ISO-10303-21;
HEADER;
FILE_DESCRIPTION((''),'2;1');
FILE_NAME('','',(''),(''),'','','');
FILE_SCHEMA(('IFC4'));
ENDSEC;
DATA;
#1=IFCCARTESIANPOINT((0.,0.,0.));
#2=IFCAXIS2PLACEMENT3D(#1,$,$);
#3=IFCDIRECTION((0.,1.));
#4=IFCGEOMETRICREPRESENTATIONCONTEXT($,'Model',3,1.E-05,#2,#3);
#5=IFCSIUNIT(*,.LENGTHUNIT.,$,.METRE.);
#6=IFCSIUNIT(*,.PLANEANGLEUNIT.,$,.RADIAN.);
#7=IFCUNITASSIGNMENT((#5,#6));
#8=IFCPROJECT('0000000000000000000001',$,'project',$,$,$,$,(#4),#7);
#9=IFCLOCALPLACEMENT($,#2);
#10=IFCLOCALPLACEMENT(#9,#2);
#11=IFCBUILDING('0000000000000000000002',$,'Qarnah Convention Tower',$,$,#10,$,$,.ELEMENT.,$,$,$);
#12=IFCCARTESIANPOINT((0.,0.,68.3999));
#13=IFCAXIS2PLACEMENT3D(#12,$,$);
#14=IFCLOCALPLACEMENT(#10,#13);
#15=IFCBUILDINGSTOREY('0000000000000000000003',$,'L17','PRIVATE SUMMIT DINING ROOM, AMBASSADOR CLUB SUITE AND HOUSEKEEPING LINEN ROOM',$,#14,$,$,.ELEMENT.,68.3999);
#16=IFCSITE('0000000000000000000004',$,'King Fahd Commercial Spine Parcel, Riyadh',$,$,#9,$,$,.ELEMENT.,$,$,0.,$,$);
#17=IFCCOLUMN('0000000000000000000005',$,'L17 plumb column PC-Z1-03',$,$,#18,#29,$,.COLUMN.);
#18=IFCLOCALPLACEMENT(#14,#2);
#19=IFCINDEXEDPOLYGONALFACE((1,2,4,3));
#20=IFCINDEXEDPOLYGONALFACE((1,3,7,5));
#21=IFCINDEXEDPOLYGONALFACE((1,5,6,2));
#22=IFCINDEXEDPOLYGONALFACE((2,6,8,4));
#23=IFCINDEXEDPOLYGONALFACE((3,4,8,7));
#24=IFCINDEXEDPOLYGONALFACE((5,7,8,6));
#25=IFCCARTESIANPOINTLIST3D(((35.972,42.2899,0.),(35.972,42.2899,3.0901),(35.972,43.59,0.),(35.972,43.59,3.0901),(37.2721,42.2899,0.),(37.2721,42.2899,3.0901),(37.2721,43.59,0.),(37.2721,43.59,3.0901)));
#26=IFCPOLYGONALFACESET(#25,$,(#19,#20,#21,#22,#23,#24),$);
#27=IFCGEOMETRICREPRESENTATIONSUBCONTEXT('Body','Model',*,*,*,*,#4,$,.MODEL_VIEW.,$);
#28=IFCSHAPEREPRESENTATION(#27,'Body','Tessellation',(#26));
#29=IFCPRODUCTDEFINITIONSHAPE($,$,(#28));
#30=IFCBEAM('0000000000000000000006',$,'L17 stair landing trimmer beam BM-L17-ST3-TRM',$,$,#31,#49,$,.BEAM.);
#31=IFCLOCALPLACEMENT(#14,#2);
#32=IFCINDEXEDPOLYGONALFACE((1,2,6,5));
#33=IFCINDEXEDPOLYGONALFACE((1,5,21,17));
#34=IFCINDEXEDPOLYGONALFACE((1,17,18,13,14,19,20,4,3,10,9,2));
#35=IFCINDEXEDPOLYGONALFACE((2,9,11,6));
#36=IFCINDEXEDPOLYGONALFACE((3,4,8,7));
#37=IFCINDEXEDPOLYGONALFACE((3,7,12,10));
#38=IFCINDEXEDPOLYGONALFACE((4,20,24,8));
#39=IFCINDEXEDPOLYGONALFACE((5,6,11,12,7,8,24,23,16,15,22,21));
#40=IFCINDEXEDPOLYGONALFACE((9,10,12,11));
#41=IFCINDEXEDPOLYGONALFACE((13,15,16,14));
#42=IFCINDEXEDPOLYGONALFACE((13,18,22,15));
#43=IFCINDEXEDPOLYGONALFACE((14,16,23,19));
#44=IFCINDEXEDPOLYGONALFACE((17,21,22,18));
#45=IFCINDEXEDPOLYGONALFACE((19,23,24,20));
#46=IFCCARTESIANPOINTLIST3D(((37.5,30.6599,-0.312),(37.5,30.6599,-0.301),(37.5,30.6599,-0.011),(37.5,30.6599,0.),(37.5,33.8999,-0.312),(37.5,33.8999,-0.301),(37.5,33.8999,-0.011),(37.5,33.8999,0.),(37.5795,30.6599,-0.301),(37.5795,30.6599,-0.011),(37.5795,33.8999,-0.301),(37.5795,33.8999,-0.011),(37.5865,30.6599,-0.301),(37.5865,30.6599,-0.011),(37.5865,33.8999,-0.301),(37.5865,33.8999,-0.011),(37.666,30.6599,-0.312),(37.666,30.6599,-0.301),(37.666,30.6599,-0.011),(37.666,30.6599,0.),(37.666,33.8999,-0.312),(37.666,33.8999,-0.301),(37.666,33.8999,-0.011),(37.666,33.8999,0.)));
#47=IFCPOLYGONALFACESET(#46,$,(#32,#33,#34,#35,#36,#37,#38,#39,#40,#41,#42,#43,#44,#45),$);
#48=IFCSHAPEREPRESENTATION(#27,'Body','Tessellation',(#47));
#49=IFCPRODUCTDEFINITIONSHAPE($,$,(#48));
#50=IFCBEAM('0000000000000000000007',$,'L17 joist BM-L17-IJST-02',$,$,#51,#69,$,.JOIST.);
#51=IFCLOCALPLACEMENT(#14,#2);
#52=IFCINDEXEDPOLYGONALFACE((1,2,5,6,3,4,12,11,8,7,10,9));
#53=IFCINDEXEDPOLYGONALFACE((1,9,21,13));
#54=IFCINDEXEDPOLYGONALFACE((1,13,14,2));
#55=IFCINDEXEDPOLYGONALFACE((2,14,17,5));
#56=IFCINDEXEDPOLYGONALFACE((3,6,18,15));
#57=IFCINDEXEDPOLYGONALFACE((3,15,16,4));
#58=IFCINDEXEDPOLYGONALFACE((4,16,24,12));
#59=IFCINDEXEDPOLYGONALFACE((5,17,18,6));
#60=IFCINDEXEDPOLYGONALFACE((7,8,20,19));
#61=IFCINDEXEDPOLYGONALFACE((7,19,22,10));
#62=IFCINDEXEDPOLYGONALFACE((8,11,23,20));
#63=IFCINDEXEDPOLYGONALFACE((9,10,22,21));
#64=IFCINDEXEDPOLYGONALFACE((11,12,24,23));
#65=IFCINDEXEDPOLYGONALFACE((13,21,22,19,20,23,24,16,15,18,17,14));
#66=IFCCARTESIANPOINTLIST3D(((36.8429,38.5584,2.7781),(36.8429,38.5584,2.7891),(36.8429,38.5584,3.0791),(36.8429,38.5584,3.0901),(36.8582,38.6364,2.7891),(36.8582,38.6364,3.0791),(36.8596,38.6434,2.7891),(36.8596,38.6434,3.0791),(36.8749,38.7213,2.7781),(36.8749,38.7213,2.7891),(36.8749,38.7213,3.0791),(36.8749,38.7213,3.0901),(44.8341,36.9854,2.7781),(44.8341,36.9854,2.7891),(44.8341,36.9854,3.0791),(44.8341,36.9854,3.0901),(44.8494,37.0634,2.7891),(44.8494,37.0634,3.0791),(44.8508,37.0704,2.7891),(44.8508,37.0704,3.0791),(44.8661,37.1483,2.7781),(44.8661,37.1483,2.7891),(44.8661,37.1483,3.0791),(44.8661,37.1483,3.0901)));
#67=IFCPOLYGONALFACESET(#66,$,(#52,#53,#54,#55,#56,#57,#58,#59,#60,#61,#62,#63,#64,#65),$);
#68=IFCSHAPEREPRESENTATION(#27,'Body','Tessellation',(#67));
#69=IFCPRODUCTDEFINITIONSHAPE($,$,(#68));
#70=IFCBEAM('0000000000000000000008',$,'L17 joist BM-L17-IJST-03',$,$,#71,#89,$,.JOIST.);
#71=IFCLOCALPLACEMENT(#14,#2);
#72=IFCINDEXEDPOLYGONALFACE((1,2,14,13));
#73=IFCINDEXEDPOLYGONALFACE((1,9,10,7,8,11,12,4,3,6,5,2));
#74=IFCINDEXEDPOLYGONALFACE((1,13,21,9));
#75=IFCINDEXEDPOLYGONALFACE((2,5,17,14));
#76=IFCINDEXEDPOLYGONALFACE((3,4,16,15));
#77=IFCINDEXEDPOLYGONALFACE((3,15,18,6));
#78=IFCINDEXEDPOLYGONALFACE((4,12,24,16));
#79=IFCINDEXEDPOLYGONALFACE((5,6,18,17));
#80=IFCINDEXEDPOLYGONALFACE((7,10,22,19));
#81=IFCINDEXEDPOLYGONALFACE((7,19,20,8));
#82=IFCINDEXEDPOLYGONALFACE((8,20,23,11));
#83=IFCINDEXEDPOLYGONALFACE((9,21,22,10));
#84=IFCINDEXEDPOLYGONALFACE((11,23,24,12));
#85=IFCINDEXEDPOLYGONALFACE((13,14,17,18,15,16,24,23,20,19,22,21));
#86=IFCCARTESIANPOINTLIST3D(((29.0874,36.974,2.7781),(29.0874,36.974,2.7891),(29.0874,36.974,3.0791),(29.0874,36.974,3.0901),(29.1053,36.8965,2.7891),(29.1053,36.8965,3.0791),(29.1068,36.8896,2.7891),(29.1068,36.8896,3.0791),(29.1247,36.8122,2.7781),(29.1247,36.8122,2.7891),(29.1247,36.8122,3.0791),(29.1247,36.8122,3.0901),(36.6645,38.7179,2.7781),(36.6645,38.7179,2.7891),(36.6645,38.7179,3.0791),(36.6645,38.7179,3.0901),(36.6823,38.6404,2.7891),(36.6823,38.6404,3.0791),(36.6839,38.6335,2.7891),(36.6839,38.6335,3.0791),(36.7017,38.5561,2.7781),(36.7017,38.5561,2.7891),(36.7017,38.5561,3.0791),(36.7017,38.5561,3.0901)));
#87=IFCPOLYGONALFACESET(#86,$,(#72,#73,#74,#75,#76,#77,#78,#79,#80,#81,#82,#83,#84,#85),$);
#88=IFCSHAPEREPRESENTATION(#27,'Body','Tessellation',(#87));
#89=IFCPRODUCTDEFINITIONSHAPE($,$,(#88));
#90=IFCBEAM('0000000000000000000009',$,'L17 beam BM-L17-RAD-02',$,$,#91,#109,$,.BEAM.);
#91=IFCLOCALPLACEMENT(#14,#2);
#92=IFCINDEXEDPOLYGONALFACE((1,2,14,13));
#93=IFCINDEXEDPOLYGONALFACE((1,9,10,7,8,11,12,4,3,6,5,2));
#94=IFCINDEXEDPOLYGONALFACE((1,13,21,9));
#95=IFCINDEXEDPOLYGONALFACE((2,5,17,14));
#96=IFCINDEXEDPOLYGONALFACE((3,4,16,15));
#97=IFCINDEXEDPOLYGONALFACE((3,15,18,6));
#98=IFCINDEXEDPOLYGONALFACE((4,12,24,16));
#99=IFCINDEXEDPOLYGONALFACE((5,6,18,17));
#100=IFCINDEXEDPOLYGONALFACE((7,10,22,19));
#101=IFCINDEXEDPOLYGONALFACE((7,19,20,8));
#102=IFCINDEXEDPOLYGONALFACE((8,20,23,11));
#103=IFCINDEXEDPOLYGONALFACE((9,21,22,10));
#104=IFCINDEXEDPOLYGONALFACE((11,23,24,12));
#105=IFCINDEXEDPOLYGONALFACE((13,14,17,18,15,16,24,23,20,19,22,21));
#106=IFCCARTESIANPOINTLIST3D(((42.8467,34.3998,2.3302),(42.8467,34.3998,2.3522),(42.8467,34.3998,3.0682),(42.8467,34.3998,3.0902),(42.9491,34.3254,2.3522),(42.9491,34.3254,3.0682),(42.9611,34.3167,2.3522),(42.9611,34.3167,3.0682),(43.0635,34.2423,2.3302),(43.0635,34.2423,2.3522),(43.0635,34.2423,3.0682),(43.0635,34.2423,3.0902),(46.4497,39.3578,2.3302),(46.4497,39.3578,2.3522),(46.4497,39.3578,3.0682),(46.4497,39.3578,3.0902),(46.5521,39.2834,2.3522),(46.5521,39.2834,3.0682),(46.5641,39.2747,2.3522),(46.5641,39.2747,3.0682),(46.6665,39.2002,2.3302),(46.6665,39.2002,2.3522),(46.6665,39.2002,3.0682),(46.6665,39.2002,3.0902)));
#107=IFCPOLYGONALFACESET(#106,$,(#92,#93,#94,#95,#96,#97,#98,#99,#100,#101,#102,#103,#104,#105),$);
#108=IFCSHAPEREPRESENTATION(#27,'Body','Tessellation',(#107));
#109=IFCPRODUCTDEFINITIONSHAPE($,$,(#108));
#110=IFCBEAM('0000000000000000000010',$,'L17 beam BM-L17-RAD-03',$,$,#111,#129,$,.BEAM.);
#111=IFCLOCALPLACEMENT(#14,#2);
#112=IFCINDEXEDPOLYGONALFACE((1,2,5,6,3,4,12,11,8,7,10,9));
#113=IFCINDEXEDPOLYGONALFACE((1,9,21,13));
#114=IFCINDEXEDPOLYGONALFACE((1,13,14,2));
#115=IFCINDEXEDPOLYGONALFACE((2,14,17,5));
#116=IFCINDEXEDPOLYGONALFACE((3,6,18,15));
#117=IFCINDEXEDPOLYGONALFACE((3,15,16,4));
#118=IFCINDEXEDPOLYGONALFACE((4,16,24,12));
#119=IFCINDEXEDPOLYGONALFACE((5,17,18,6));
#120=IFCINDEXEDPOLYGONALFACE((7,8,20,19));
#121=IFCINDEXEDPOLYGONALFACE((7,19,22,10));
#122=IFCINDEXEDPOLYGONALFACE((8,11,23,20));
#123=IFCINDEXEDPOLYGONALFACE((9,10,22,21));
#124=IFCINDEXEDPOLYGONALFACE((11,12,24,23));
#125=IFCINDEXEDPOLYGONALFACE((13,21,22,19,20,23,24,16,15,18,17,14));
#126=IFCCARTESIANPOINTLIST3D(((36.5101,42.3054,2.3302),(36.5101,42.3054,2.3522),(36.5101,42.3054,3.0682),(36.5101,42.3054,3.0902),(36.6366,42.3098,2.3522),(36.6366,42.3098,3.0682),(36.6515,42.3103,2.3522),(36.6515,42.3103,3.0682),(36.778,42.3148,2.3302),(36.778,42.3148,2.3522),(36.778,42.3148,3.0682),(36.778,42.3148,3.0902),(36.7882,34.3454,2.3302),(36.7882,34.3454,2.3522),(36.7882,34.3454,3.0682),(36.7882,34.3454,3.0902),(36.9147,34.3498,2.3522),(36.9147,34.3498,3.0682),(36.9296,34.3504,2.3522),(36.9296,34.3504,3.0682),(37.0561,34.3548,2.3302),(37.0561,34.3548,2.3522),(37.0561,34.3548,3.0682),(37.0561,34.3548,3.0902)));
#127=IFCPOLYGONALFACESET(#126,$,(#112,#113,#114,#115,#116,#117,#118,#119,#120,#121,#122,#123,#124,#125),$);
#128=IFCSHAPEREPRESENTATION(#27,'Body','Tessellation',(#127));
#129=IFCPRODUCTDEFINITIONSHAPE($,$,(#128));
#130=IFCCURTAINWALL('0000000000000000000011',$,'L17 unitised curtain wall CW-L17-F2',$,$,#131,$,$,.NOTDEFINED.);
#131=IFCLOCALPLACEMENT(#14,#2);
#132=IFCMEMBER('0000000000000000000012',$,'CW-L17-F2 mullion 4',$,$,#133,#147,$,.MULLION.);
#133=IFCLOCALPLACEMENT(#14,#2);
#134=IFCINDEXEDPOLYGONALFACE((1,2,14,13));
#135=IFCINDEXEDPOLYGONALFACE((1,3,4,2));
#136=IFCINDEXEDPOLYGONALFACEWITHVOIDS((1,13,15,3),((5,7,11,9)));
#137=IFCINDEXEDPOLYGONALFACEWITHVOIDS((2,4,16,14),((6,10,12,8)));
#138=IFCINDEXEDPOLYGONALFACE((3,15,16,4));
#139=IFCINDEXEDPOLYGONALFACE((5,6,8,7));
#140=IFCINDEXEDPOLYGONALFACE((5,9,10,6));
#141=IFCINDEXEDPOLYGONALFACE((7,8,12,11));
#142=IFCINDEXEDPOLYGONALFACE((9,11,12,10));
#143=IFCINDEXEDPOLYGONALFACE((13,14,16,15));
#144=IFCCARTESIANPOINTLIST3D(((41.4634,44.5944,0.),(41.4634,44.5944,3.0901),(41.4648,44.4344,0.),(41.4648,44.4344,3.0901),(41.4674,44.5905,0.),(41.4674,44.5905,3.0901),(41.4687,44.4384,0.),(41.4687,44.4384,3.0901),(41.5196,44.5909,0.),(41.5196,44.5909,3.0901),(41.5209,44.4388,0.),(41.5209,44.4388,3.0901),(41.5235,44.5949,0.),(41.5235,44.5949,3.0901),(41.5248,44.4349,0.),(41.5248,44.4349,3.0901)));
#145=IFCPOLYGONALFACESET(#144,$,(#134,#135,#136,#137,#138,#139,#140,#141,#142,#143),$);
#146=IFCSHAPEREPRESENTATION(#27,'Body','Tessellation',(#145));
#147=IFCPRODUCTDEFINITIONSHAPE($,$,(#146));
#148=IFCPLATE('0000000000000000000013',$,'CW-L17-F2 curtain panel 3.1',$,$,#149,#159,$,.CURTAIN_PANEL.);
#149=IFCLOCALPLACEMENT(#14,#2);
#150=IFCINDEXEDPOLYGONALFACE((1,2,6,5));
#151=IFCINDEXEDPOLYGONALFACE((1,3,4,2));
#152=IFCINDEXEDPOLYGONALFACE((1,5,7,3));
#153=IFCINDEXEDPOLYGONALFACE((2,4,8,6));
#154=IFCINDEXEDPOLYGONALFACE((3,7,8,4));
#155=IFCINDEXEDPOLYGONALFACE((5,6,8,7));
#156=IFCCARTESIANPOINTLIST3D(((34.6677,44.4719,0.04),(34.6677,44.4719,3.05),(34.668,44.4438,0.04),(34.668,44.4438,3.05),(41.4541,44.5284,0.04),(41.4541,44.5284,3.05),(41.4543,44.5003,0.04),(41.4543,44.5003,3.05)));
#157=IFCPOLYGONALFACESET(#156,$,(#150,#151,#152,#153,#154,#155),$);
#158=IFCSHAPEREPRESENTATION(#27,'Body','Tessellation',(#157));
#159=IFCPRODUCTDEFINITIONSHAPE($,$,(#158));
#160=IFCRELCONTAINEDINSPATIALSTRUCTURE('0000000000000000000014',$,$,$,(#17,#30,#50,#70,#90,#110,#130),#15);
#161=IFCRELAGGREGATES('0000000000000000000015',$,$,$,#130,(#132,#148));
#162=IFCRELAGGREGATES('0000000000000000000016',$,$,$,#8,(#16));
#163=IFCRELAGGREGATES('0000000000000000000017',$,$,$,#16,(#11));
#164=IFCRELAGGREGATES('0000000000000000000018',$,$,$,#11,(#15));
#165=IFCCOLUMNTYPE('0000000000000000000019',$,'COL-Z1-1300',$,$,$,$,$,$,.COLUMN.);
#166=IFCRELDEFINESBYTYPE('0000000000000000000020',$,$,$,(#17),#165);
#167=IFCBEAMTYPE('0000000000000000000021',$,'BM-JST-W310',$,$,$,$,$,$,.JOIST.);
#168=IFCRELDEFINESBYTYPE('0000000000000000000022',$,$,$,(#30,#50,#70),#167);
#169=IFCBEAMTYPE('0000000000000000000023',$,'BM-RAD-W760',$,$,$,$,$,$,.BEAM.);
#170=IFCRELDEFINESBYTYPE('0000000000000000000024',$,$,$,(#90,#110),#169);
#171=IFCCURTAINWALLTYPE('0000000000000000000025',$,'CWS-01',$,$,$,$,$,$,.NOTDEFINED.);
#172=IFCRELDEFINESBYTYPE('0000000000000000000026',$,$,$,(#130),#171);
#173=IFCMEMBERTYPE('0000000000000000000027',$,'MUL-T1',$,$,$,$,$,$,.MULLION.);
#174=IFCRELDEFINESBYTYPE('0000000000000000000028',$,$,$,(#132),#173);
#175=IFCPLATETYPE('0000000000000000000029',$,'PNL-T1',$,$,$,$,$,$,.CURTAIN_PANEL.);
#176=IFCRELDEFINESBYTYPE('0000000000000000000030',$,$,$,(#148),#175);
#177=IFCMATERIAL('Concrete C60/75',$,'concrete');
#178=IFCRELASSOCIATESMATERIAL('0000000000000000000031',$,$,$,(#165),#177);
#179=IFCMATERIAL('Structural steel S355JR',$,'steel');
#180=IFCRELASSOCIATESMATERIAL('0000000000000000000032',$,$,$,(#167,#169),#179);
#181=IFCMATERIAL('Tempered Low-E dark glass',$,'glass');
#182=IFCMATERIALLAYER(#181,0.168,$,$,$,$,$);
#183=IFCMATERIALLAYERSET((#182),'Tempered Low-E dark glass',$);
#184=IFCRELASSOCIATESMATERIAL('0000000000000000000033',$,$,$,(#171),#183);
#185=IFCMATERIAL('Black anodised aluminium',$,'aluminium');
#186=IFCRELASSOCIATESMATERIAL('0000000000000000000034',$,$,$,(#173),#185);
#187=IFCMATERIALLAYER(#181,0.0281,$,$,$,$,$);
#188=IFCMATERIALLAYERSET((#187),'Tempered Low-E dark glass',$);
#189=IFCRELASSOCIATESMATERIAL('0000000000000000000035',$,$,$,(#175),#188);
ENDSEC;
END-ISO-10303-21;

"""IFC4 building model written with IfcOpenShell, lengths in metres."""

from ifc_helpers import new_model, si_unit, direction, frame, origin, origin_2d, place, context, subcontext, project, spatial, rectangle, hollow_rectangle, i_section, extrude, material, layer, layer_set, material_profile, profile_set, type_object, element, aggregate, save


model = new_model("IFC4")

# Units and contexts
model_context = context("Model", 3, precision=1e-05, world=origin(), true_north=direction((0.0, 1.0)))
body_context = subcontext(model_context, "Body", "Model", "MODEL_VIEW")
ifc_project = project(units=[si_unit("LENGTHUNIT", "METRE"), si_unit("PLANEANGLEUNIT", "RADIAN")], contexts=[model_context])

# Site, building, storey
site_placement = place(None, origin())
site = spatial("IfcSite", under=ifc_project, at=site_placement, Name="King Fahd Commercial Spine Parcel, Riyadh", CompositionType="ELEMENT", RefElevation=0.0)
building_placement = place(site_placement, origin())
building = spatial("IfcBuilding", under=site, at=building_placement, Name="Qarnah Convention Tower", CompositionType="ELEMENT")
storey_placement = place(building_placement, frame((0.0, 0.0, 68.3999)))
storey = spatial("IfcBuildingStorey", under=building, at=storey_placement, Name="L17", Description="PRIVATE SUMMIT DINING ROOM, AMBASSADOR CLUB SUITE AND HOUSEKEEPING LINEN ROOM", CompositionType="ELEMENT", Elevation=68.3999)

# Column
ifc_material_1 = material(Name="Concrete C60/75", Category="concrete")
ifc_material_profile_1 = material_profile(ifc_material_1, rectangle(XDim=1.3, YDim=1.3, at=origin_2d()), Name="RC-COL-1300X1300")
ifc_profile_set_1 = profile_set([ifc_material_profile_1], Name="Concrete C60/75")
column_type = type_object("IfcColumnType", Name="COL-Z1-1300", PredefinedType="COLUMN", material=ifc_profile_set_1)
column_placement = place(storey_placement, frame((36.6221, 42.9399, 0.0), z_axis=(0.0, 0.0, 1.0), x_axis=(1.0, 0.0, 0.0)))
element("IfcColumn", 1, at=column_placement, inside=storey, type_object=column_type, Name="L17 plumb column PC-Z1-03", PredefinedType="COLUMN", context=body_context, shape_type="SweptSolid", body=[
    extrude(rectangle(XDim=1.3, YDim=1.3, at=origin_2d()), origin(), (0.0, 0.0, 1.0), 3.0901),
])

# Beams
ifc_material_2 = material(Name="Structural steel S355JR", Category="steel")
ifc_material_profile_2 = material_profile(ifc_material_2, i_section(OverallWidth=0.166, OverallDepth=0.312, WebThickness=0.0071, FlangeThickness=0.011, at=origin_2d()), Name="W310X45")
ifc_profile_set_2 = profile_set([ifc_material_profile_2], Name="Structural steel S355JR")
beam_type_1 = type_object("IfcBeamType", Name="BM-JST-W310", PredefinedType="JOIST", material=ifc_profile_set_2)
beam_1_placement = place(storey_placement, frame((37.583, 30.6599, -0.156), z_axis=(0.0, 1.0, 0.0), x_axis=(-1.0, 0.0, 0.0)))
element("IfcBeam", 2, at=beam_1_placement, inside=storey, type_object=beam_type_1, Name="L17 stair landing trimmer beam BM-L17-ST3-TRM", PredefinedType="BEAM", context=body_context, shape_type="SweptSolid", body=[
    extrude(i_section(OverallWidth=0.166, OverallDepth=0.312, WebThickness=0.0071, FlangeThickness=0.011, at=origin_2d()), origin(), (0.0, 0.0, 1.0), 3.24),
])
beam_2_placement = place(storey_placement, frame((44.8501, 37.0669, 2.9341), z_axis=(-0.981172, 0.193135, 0.0), x_axis=(-0.193135, -0.981172, 0.0)))
element("IfcBeam", 3, at=beam_2_placement, inside=storey, type_object=beam_type_1, Name="L17 joist BM-L17-IJST-02", PredefinedType="JOIST", context=body_context, shape_type="SweptSolid", body=[
    extrude(i_section(OverallWidth=0.166, OverallDepth=0.312, WebThickness=0.0071, FlangeThickness=0.011, at=origin_2d()), origin(), (0.0, 0.0, 1.0), 8.1445),
])
beam_3_placement = place(storey_placement, frame((36.6831, 38.637, 2.9341), z_axis=(-0.974523, -0.224288, 0.0), x_axis=(0.224288, -0.974523, 0.0)))
element("IfcBeam", 4, at=beam_3_placement, inside=storey, type_object=beam_type_1, Name="L17 joist BM-L17-IJST-03", PredefinedType="JOIST", context=body_context, shape_type="SweptSolid", body=[
    extrude(i_section(OverallWidth=0.166, OverallDepth=0.312, WebThickness=0.0071, FlangeThickness=0.011, at=origin_2d()), origin(), (0.0, 0.0, 1.0), 7.7751),
])
ifc_material_profile_3 = material_profile(ifc_material_2, i_section(OverallWidth=0.2681, OverallDepth=0.76, WebThickness=0.0149, FlangeThickness=0.022, at=origin_2d()), Name="W760X185")
ifc_profile_set_3 = profile_set([ifc_material_profile_3], Name="Structural steel S355JR")
beam_type_2 = type_object("IfcBeamType", Name="BM-RAD-W760", PredefinedType="BEAM", material=ifc_profile_set_3)
beam_4_placement = place(storey_placement, frame((42.9551, 34.321, 2.7102), z_axis=(0.587873, 0.808953, 0.0), x_axis=(-0.808953, 0.587873, 0.0)))
element("IfcBeam", 5, at=beam_4_placement, inside=storey, type_object=beam_type_2, Name="L17 beam BM-L17-RAD-02", PredefinedType="BEAM", context=body_context, shape_type="SweptSolid", body=[
    extrude(i_section(OverallWidth=0.2681, OverallDepth=0.76, WebThickness=0.0149, FlangeThickness=0.022, at=origin_2d()), origin(), (0.0, 0.0, 1.0), 6.1289),
])
beam_5_placement = place(storey_placement, frame((36.9221, 34.3501, 2.7102), z_axis=(-0.034913, 0.99939, 0.0), x_axis=(-0.99939, -0.034913, 0.0)))
element("IfcBeam", 6, at=beam_5_placement, inside=storey, type_object=beam_type_2, Name="L17 beam BM-L17-RAD-03", PredefinedType="BEAM", context=body_context, shape_type="SweptSolid", body=[
    extrude(i_section(OverallWidth=0.2681, OverallDepth=0.76, WebThickness=0.0149, FlangeThickness=0.022, at=origin_2d()), origin(), (0.0, 0.0, 1.0), 7.9648),
])

# Curtain wall, member, plate
ifc_material_3 = material(Name="Tempered Low-E dark glass", Category="glass")
ifc_layer_1 = layer(ifc_material_3, 0.168)
ifc_layer_set_1 = layer_set([ifc_layer_1], Name="Tempered Low-E dark glass")
curtain_wall_type = type_object("IfcCurtainWallType", Name="CWS-01", PredefinedType="NOTDEFINED", material=ifc_layer_set_1)
curtain_wall_placement = place(storey_placement, origin())
curtain_wall = element("IfcCurtainWall", 7, at=curtain_wall_placement, inside=storey, type_object=curtain_wall_type, Name="L17 unitised curtain wall CW-L17-F2", PredefinedType="NOTDEFINED")
ifc_material_4 = material(Name="Black anodised aluminium", Category="aluminium")
ifc_material_profile_4 = material_profile(ifc_material_4, hollow_rectangle(XDim=0.0601, YDim=0.1599, WallThickness=0.0039, at=origin_2d()), Name="MUL-60X160")
ifc_profile_set_4 = profile_set([ifc_material_profile_4], Name="Black anodised aluminium")
member_type = type_object("IfcMemberType", Name="MUL-T1", PredefinedType="MULLION", material=ifc_profile_set_4)
member_placement = place(storey_placement, frame((41.4941, 44.5146, 0.0), z_axis=(0.0, 0.0, 1.0), x_axis=(0.999965, 0.00833, 0.0)))
member = element("IfcMember", 8, at=member_placement, type_object=member_type, Name="CW-L17-F2 mullion 4", PredefinedType="MULLION", context=body_context, shape_type="SweptSolid", body=[
    extrude(hollow_rectangle(XDim=0.0601, YDim=0.1599, WallThickness=0.0039, at=origin_2d()), origin(), (0.0, 0.0, 1.0), 3.0901),
])
ifc_layer_2 = layer(ifc_material_3, 0.0281)
ifc_layer_set_2 = layer_set([ifc_layer_2], Name="Tempered Low-E dark glass")
plate_type = type_object("IfcPlateType", Name="PNL-T1", PredefinedType="CURTAIN_PANEL", material=ifc_layer_set_2)
plate_placement = place(storey_placement, frame((38.061, 44.4861, 0.04), z_axis=(0.0, 0.0, 1.0), x_axis=(0.999965, 0.00833, 0.0)))
plate = element("IfcPlate", 9, at=plate_placement, type_object=plate_type, Name="CW-L17-F2 curtain panel 3.1", PredefinedType="CURTAIN_PANEL", context=body_context, shape_type="SweptSolid", body=[
    extrude(rectangle(XDim=6.7866, YDim=0.0281, at=origin_2d()), origin(), (0.0, 0.0, 1.0), 3.01),
])
aggregate(curtain_wall, [member, plate])

save(model, "model.ifc")
